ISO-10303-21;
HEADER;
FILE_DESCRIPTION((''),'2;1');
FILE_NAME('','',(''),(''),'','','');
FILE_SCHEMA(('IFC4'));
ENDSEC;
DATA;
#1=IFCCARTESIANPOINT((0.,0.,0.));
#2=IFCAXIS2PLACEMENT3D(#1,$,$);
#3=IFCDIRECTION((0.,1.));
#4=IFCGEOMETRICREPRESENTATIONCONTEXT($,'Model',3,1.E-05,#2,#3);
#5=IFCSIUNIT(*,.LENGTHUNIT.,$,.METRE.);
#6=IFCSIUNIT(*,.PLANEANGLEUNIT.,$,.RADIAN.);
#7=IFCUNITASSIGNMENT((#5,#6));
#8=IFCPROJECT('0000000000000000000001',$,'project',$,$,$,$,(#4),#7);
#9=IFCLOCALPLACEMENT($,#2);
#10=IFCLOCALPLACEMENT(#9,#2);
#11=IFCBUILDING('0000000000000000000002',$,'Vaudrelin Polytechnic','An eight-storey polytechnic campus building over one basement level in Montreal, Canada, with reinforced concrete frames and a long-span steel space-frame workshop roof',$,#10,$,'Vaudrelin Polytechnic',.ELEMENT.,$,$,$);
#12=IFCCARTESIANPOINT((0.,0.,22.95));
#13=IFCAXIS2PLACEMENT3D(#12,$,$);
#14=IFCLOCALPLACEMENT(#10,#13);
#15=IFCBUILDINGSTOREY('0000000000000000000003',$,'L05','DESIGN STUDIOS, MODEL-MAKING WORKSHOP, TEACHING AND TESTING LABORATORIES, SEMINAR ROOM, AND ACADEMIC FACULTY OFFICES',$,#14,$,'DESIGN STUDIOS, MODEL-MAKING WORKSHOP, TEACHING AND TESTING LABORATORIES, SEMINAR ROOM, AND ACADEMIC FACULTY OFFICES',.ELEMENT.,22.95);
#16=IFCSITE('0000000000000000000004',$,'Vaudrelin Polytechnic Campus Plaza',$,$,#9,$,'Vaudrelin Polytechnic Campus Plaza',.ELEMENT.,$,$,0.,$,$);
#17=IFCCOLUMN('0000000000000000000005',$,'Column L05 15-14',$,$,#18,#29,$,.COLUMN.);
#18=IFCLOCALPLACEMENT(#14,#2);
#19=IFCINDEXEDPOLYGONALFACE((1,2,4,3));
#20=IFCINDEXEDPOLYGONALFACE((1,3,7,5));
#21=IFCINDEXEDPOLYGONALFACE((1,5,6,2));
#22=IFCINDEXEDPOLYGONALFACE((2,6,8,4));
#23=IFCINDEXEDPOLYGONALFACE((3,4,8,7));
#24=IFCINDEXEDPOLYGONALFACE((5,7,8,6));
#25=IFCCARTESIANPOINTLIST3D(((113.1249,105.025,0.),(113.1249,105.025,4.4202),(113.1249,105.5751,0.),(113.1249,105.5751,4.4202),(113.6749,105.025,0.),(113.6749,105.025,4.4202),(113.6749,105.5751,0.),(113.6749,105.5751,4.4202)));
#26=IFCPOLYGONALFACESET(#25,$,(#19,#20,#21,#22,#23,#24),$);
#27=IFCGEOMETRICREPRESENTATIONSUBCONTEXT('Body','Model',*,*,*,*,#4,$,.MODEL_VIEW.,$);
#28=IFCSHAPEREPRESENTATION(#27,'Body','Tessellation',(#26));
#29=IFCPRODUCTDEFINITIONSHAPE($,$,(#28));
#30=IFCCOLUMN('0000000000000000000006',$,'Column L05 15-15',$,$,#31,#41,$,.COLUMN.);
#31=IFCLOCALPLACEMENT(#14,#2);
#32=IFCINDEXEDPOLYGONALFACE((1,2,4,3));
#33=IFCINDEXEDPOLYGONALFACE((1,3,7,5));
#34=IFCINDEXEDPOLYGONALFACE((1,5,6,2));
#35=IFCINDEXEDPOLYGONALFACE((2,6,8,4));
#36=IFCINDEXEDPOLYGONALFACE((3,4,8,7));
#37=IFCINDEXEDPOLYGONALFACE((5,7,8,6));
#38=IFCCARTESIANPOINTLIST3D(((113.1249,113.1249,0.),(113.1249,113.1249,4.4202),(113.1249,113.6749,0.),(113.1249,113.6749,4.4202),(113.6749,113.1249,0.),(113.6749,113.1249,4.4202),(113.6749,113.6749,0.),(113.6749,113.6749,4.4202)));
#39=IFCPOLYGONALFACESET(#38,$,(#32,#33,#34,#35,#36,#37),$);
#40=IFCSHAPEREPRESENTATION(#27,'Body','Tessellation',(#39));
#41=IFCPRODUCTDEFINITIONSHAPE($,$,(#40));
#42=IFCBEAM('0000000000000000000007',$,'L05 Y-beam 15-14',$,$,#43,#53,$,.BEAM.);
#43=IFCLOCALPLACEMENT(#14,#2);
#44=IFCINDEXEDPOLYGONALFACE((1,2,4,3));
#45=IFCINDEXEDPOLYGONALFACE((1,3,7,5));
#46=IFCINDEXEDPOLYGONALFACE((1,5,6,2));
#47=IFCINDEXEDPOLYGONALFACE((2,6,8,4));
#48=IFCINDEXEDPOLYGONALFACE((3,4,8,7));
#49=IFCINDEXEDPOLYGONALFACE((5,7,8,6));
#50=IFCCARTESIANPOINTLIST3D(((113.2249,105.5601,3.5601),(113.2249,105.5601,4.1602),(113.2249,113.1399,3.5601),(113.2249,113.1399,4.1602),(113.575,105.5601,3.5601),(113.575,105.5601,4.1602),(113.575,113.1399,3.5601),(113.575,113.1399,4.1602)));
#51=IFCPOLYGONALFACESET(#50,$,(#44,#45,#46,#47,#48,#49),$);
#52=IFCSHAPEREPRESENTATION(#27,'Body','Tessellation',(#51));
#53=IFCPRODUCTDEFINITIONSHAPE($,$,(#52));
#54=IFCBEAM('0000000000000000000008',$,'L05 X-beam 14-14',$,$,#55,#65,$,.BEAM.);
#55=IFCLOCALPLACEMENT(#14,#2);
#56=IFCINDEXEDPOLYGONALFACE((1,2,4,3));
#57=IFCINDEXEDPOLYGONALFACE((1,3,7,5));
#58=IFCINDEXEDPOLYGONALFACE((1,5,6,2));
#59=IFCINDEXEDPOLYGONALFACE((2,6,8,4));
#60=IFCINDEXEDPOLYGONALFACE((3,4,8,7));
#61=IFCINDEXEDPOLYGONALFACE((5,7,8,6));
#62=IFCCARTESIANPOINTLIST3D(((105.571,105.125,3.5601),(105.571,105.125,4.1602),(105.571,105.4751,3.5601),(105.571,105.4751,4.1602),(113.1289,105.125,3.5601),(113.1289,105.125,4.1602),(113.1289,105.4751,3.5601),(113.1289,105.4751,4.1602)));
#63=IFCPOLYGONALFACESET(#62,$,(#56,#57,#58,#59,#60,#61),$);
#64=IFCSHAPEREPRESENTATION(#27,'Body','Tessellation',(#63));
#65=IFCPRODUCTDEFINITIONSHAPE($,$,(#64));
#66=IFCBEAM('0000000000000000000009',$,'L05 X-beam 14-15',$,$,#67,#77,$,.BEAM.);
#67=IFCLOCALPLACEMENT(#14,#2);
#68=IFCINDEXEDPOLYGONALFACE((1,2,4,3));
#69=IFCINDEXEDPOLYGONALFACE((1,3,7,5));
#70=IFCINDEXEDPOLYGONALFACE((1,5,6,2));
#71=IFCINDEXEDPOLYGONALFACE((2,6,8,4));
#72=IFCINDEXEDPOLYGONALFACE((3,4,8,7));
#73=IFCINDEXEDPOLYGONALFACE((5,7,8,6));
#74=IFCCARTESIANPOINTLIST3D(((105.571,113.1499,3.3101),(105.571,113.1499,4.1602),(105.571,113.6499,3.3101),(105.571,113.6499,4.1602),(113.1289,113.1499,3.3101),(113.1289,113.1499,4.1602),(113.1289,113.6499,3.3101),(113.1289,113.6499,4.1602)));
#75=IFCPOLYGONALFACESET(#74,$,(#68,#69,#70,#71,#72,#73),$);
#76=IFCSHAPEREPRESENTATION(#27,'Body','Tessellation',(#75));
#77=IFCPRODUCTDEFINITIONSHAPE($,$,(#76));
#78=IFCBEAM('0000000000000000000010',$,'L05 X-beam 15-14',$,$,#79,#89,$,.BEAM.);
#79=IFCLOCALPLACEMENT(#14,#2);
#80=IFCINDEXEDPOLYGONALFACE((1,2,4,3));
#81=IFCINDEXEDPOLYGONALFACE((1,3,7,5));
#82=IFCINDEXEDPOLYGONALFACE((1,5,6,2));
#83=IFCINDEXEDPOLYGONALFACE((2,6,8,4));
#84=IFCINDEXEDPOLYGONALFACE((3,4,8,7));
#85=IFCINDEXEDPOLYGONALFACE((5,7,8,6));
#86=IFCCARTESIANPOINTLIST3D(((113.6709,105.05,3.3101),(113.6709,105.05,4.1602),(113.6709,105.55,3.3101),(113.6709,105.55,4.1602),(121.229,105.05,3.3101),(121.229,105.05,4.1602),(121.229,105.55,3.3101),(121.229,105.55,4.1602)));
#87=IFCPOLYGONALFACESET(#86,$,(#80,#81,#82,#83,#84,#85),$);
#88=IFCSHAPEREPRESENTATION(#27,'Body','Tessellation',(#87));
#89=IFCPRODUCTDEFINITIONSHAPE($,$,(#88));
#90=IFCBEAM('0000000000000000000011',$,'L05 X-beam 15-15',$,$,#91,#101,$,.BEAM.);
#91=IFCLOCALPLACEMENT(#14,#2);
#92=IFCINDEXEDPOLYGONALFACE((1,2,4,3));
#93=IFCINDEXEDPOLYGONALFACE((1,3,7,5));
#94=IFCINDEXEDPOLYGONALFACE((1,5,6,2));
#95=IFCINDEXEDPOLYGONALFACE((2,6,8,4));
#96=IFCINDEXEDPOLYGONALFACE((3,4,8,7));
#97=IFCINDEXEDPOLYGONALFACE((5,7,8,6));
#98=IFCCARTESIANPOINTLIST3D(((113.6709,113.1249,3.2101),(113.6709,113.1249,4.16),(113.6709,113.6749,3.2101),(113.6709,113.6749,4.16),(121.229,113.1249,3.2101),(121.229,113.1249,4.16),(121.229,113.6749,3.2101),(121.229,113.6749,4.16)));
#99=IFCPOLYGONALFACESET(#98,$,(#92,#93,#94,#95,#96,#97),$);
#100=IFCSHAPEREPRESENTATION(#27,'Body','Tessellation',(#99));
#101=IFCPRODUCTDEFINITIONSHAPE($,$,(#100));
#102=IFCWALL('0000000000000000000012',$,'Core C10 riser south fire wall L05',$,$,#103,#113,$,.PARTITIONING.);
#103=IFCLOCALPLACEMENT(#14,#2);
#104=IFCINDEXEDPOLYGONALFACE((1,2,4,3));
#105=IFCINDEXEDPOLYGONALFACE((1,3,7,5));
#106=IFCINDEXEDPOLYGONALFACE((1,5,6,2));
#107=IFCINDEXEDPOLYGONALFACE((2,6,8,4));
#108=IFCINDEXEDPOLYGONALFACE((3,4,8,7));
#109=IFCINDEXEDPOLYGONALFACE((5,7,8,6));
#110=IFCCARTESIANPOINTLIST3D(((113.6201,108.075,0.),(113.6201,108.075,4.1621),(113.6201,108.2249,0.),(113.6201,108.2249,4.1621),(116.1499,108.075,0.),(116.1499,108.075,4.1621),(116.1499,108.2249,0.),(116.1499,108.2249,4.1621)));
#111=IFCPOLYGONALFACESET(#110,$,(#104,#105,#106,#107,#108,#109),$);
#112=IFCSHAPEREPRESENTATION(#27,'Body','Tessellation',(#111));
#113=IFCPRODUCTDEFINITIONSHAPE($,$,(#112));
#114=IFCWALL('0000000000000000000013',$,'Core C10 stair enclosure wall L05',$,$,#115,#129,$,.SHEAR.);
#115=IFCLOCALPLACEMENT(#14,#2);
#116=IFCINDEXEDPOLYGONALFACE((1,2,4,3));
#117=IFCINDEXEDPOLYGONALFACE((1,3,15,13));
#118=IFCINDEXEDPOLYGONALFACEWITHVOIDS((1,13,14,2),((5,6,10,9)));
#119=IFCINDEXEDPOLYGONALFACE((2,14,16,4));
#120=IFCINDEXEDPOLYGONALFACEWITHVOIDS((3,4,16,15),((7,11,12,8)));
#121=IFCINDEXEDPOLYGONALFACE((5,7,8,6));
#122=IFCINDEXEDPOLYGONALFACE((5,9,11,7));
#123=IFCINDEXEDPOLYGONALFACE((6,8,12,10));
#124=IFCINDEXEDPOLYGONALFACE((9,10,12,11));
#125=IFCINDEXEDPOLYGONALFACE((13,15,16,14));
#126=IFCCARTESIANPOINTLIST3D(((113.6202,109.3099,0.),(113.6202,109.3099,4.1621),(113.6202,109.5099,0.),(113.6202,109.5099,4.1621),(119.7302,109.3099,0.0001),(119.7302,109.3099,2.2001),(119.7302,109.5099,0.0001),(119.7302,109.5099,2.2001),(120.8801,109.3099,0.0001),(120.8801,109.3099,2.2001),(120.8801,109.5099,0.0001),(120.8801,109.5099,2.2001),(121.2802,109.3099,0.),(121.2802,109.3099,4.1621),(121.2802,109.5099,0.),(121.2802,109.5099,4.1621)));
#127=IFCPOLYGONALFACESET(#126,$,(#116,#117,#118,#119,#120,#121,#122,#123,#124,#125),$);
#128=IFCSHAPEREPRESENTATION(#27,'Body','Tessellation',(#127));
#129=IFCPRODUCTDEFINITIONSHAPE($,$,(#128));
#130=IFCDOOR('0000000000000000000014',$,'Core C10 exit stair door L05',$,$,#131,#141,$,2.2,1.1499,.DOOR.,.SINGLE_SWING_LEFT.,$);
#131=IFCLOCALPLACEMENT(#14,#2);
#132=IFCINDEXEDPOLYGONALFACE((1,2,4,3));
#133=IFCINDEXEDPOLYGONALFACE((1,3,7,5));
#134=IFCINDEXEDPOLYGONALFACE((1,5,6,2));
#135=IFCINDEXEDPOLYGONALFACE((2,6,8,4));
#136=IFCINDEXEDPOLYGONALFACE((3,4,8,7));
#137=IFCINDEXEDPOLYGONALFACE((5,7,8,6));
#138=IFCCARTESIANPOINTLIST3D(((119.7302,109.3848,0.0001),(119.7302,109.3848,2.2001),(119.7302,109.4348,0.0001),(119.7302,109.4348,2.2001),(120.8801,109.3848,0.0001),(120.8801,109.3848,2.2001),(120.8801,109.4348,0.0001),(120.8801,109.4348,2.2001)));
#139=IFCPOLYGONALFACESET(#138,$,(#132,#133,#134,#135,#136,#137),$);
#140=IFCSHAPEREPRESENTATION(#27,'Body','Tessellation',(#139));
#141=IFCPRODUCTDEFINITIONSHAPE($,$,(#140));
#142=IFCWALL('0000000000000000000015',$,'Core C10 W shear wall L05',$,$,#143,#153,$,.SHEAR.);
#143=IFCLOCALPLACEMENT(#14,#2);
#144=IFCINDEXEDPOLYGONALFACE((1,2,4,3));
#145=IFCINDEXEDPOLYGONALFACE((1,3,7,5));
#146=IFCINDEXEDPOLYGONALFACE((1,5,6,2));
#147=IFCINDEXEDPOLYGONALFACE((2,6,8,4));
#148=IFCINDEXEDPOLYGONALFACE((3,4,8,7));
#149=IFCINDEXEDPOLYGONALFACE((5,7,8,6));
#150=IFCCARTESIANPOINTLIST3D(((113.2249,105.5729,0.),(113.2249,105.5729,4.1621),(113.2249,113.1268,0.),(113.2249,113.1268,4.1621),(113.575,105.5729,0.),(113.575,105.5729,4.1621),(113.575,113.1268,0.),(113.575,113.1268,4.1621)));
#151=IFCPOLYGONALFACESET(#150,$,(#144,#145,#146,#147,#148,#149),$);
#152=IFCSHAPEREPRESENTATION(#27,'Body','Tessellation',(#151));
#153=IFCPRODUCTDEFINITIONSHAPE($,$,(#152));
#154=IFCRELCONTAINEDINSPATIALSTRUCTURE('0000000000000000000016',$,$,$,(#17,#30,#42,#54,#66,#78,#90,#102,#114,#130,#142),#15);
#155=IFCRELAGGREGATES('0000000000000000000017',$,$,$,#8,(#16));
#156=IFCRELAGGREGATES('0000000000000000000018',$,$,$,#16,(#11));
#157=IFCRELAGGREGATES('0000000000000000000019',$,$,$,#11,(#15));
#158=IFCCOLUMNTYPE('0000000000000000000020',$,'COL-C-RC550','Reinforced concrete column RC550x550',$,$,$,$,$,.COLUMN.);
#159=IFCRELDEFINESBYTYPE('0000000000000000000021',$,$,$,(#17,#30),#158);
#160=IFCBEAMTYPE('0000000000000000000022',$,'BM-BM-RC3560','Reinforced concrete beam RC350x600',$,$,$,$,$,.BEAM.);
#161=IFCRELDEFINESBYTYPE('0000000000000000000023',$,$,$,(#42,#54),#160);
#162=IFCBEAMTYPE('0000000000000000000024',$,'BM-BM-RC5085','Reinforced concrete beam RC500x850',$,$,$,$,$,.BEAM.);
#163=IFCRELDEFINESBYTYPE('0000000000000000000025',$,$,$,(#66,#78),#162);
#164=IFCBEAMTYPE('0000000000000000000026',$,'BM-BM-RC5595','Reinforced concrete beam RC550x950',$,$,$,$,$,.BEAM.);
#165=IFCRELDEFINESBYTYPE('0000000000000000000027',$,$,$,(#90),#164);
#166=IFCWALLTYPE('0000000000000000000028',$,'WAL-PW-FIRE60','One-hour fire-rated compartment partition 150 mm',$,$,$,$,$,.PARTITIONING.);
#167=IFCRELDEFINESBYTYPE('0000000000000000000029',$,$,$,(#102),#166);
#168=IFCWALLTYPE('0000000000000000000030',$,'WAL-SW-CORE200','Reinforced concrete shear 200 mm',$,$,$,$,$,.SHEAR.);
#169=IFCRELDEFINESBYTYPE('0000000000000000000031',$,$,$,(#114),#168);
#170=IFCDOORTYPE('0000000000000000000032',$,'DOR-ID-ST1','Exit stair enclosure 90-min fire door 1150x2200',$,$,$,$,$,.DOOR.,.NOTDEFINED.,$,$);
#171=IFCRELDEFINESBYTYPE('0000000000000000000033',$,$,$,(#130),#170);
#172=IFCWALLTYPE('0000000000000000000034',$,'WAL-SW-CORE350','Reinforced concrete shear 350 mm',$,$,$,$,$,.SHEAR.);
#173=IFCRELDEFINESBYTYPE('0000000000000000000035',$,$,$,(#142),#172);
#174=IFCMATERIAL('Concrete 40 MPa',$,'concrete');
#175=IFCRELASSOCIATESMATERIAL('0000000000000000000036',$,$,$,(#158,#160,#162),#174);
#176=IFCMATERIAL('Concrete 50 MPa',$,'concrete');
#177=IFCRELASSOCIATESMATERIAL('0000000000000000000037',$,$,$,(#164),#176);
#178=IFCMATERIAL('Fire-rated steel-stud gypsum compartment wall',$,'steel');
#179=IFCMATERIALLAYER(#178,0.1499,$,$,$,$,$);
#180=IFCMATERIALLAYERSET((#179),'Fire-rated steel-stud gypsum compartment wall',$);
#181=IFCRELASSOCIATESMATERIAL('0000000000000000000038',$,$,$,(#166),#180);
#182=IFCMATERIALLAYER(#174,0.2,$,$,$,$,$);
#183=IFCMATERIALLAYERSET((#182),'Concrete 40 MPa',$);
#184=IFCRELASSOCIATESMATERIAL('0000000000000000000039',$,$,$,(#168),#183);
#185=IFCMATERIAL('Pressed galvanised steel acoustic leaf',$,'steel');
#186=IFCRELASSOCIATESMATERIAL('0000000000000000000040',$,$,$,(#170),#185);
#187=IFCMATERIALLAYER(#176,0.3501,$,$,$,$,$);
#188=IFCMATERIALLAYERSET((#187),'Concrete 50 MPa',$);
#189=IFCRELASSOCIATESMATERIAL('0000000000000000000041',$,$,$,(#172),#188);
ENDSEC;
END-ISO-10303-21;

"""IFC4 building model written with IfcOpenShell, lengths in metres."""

from ifc_helpers import new_model, si_unit, direction, frame, frame_2d, origin, origin_2d, place, context, subcontext, project, spatial, rectangle, extrude, material, layer, layer_set, material_profile, profile_set, type_object, element, fill, save


model = new_model("IFC4")

# Units and contexts
model_context = context("Model", 3, precision=1e-05, world=origin(), true_north=direction((0.0, 1.0)))
body_context = subcontext(model_context, "Body", "Model", "MODEL_VIEW")
ifc_project = project(units=[si_unit("LENGTHUNIT", "METRE"), si_unit("PLANEANGLEUNIT", "RADIAN")], contexts=[model_context])

# Site, building, storey
site_placement = place(None, origin())
site = spatial("IfcSite", under=ifc_project, at=site_placement, Name="Vaudrelin Polytechnic Campus Plaza", LongName="Vaudrelin Polytechnic Campus Plaza", CompositionType="ELEMENT", RefElevation=0.0)
building_placement = place(site_placement, origin())
building = spatial("IfcBuilding", under=site, at=building_placement, Name="Vaudrelin Polytechnic", Description="An eight-storey polytechnic campus building over one basement level in Montreal, Canada, with reinforced concrete frames and a long-span steel space-frame workshop roof", LongName="Vaudrelin Polytechnic", CompositionType="ELEMENT")
storey_placement = place(building_placement, frame((0.0, 0.0, 22.95)))
storey = spatial("IfcBuildingStorey", under=building, at=storey_placement, Name="L05", Description="DESIGN STUDIOS, MODEL-MAKING WORKSHOP, TEACHING AND TESTING LABORATORIES, SEMINAR ROOM, AND ACADEMIC FACULTY OFFICES", LongName="DESIGN STUDIOS, MODEL-MAKING WORKSHOP, TEACHING AND TESTING LABORATORIES, SEMINAR ROOM, AND ACADEMIC FACULTY OFFICES", CompositionType="ELEMENT", Elevation=22.95)

# Columns
ifc_material_1 = material(Name="Concrete 40 MPa", Category="concrete")
ifc_material_profile_1 = material_profile(ifc_material_1, rectangle(XDim=0.55, YDim=0.55, at=origin_2d()), Name="RC550x550")
ifc_profile_set_1 = profile_set([ifc_material_profile_1], Name="Concrete 40 MPa")
column_type = type_object("IfcColumnType", Name="COL-C-RC550", Description="Reinforced concrete column RC550x550", PredefinedType="COLUMN", material=ifc_profile_set_1)
for number, where, z_axis, x_axis, name in (
    (1, (113.3999, 105.3, 0.0), (0.0, 0.0, 1.0), (1.0, 0.0, 0.0), "Column L05 15-14"),
    (2, (113.3999, 113.3999, 0.0), (0.0, 0.0, 1.0), (1.0, 0.0, 0.0), "Column L05 15-15"),
):
    element("IfcColumn", number, at=place(storey_placement, frame(where, z_axis=z_axis, x_axis=x_axis)), inside=storey, type_object=column_type, Name=name, PredefinedType="COLUMN", context=body_context, shape_type="SweptSolid", body=[
        extrude(rectangle(XDim=0.55, YDim=0.55, at=origin_2d()), origin(), (0.0, 0.0, 1.0), 4.4202),
    ])

# Beams
ifc_material_profile_2 = material_profile(ifc_material_1, rectangle(XDim=0.3501, YDim=0.6001, at=origin_2d()), Name="RC350x600")
ifc_profile_set_2 = profile_set([ifc_material_profile_2], Name="Concrete 40 MPa")
beam_type_1 = type_object("IfcBeamType", Name="BM-BM-RC3560", Description="Reinforced concrete beam RC350x600", PredefinedType="BEAM", material=ifc_profile_set_2)
beam_1_placement = place(storey_placement, frame((113.3999, 105.5601, 3.8601), z_axis=(0.0, 1.0, 0.0), x_axis=(-1.0, 0.0, 0.0)))
element("IfcBeam", 3, at=beam_1_placement, inside=storey, type_object=beam_type_1, Name="L05 Y-beam 15-14", PredefinedType="BEAM", context=body_context, shape_type="SweptSolid", body=[
    extrude(rectangle(XDim=0.3501, YDim=0.6001, at=origin_2d()), origin(), (0.0, 0.0, 1.0), 7.5798),
])
beam_2_placement = place(storey_placement, frame((105.571, 105.3, 3.8601), z_axis=(1.0, 0.0, 0.0), x_axis=(0.0, 1.0, 0.0)))
element("IfcBeam", 4, at=beam_2_placement, inside=storey, type_object=beam_type_1, Name="L05 X-beam 14-14", PredefinedType="BEAM", context=body_context, shape_type="SweptSolid", body=[
    extrude(rectangle(XDim=0.3501, YDim=0.6001, at=origin_2d()), origin(), (0.0, 0.0, 1.0), 7.5579),
])
ifc_material_profile_3 = material_profile(ifc_material_1, rectangle(XDim=0.5, YDim=0.8501, at=origin_2d()), Name="RC500x850")
ifc_profile_set_3 = profile_set([ifc_material_profile_3], Name="Concrete 40 MPa")
beam_type_2 = type_object("IfcBeamType", Name="BM-BM-RC5085", Description="Reinforced concrete beam RC500x850", PredefinedType="BEAM", material=ifc_profile_set_3)
beam_3_placement = place(storey_placement, frame((105.571, 113.3999, 3.7351), z_axis=(1.0, 0.0, 0.0), x_axis=(0.0, 1.0, 0.0)))
element("IfcBeam", 5, at=beam_3_placement, inside=storey, type_object=beam_type_2, Name="L05 X-beam 14-15", PredefinedType="BEAM", context=body_context, shape_type="SweptSolid", body=[
    extrude(rectangle(XDim=0.5, YDim=0.8501, at=origin_2d()), origin(), (0.0, 0.0, 1.0), 7.5579),
])
beam_4_placement = place(storey_placement, frame((113.6709, 105.3, 3.7351), z_axis=(1.0, 0.0, 0.0), x_axis=(0.0, 1.0, 0.0)))
element("IfcBeam", 6, at=beam_4_placement, inside=storey, type_object=beam_type_2, Name="L05 X-beam 15-14", PredefinedType="BEAM", context=body_context, shape_type="SweptSolid", body=[
    extrude(rectangle(XDim=0.5, YDim=0.8501, at=origin_2d()), origin(), (0.0, 0.0, 1.0), 7.5581),
])
ifc_material_2 = material(Name="Concrete 50 MPa", Category="concrete")
ifc_material_profile_4 = material_profile(ifc_material_2, rectangle(XDim=0.55, YDim=0.95, at=origin_2d()), Name="RC550x950")
ifc_profile_set_4 = profile_set([ifc_material_profile_4], Name="Concrete 50 MPa")
beam_type_3 = type_object("IfcBeamType", Name="BM-BM-RC5595", Description="Reinforced concrete beam RC550x950", PredefinedType="BEAM", material=ifc_profile_set_4)
beam_5_placement = place(storey_placement, frame((113.6709, 113.3999, 3.6851), z_axis=(1.0, 0.0, 0.0), x_axis=(0.0, 1.0, 0.0)))
element("IfcBeam", 7, at=beam_5_placement, inside=storey, type_object=beam_type_3, Name="L05 X-beam 15-15", PredefinedType="BEAM", context=body_context, shape_type="SweptSolid", body=[
    extrude(rectangle(XDim=0.55, YDim=0.95, at=origin_2d()), origin(), (0.0, 0.0, 1.0), 7.5581),
])

# Wall
ifc_material_3 = material(Name="Fire-rated steel-stud gypsum compartment wall", Category="steel")
ifc_layer_1 = layer(ifc_material_3, 0.1499)
ifc_layer_set_1 = layer_set([ifc_layer_1], Name="Fire-rated steel-stud gypsum compartment wall")
wall_type_1 = type_object("IfcWallType", Name="WAL-PW-FIRE60", Description="One-hour fire-rated compartment partition 150 mm", PredefinedType="PARTITIONING", material=ifc_layer_set_1)
wall_1_placement = place(storey_placement, frame((113.6201, 108.1499, 0.0), z_axis=(0.0, 0.0, 1.0), x_axis=(1.0, 0.0, 0.0)))
element("IfcWall", 8, at=wall_1_placement, inside=storey, type_object=wall_type_1, Name="Core C10 riser south fire wall L05", PredefinedType="PARTITIONING", context=body_context, shape_type="SweptSolid", body=[
    extrude(rectangle(XDim=2.5298, YDim=0.1499, at=frame_2d((1.2649, 0.0))), origin(), (0.0, 0.0, 1.0), 4.1621),
])

# Wall, opening, door
ifc_material_4 = material(Name="Pressed galvanised steel acoustic leaf", Category="steel")
ifc_layer_2 = layer(ifc_material_1, 0.2)
ifc_layer_set_2 = layer_set([ifc_layer_2], Name="Concrete 40 MPa")
wall_type_2 = type_object("IfcWallType", Name="WAL-SW-CORE200", Description="Reinforced concrete shear 200 mm", PredefinedType="SHEAR", material=ifc_layer_set_2)
wall_2_placement = place(storey_placement, frame((113.6201, 109.4099, 0.0), z_axis=(0.0, 0.0, 1.0), x_axis=(1.0, 0.0, 0.0)))
wall_2 = element("IfcWall", 9, at=wall_2_placement, inside=storey, type_object=wall_type_2, Name="Core C10 stair enclosure wall L05", PredefinedType="SHEAR", context=body_context, shape_type="SweptSolid", body=[
    extrude(rectangle(XDim=7.6599, YDim=0.2, at=frame_2d((3.8301, 0.0))), origin(), (0.0, 0.0, 1.0), 4.1621),
])
opening_1_placement = place(wall_2_placement, frame((6.1101, 0.0, 0.0)))
opening_1 = element("IfcOpeningElement", 10, at=opening_1_placement, cuts=wall_2, PredefinedType="OPENING", context=body_context, shape_type="SweptSolid", body=[
    extrude(rectangle(XDim=1.1499, YDim=2.2, at=frame_2d((0.575, 1.1001))), frame((0.0, 0.1099, 0.0), z_axis=(0.0, -1.0, 0.0), x_axis=(1.0, 0.0, 0.0)), (0.0, 0.0, 1.0), 0.22),
])
door_type_1 = type_object("IfcDoorType", Name="DOR-ID-ST1", Description="Exit stair enclosure 90-min fire door 1150x2200", OperationType="NOTDEFINED", PredefinedType="DOOR", material=ifc_material_4)
door_1_placement = place(opening_1_placement, origin())
door_1 = element("IfcDoor", 11, at=door_1_placement, inside=storey, type_object=door_type_1, Name="Core C10 exit stair door L05", OperationType="SINGLE_SWING_LEFT", OverallHeight=2.2, OverallWidth=1.1499, PredefinedType="DOOR", context=body_context, shape_type="SweptSolid", body=[
    extrude(rectangle(XDim=1.1499, YDim=2.2, at=frame_2d((0.575, 1.1001))), frame((0.0, 0.0249, 0.0), z_axis=(0.0, -1.0, 0.0), x_axis=(1.0, 0.0, 0.0)), (0.0, 0.0, 1.0), 0.05),
])
fill(opening_1, door_1)

# Wall
ifc_layer_3 = layer(ifc_material_2, 0.3501)
ifc_layer_set_3 = layer_set([ifc_layer_3], Name="Concrete 50 MPa")
wall_type_3 = type_object("IfcWallType", Name="WAL-SW-CORE350", Description="Reinforced concrete shear 350 mm", PredefinedType="SHEAR", material=ifc_layer_set_3)
wall_3_placement = place(storey_placement, frame((113.3999, 105.573, 0.0), z_axis=(0.0, 0.0, 1.0), x_axis=(0.0, 1.0, 0.0)))
element("IfcWall", 12, at=wall_3_placement, inside=storey, type_object=wall_type_3, Name="Core C10 W shear wall L05", PredefinedType="SHEAR", context=body_context, shape_type="SweptSolid", body=[
    extrude(rectangle(XDim=7.554, YDim=0.3501, at=frame_2d((3.7769, 0.0))), origin(), (0.0, 0.0, 1.0), 4.1621),
])

save(model, "model.ifc")
